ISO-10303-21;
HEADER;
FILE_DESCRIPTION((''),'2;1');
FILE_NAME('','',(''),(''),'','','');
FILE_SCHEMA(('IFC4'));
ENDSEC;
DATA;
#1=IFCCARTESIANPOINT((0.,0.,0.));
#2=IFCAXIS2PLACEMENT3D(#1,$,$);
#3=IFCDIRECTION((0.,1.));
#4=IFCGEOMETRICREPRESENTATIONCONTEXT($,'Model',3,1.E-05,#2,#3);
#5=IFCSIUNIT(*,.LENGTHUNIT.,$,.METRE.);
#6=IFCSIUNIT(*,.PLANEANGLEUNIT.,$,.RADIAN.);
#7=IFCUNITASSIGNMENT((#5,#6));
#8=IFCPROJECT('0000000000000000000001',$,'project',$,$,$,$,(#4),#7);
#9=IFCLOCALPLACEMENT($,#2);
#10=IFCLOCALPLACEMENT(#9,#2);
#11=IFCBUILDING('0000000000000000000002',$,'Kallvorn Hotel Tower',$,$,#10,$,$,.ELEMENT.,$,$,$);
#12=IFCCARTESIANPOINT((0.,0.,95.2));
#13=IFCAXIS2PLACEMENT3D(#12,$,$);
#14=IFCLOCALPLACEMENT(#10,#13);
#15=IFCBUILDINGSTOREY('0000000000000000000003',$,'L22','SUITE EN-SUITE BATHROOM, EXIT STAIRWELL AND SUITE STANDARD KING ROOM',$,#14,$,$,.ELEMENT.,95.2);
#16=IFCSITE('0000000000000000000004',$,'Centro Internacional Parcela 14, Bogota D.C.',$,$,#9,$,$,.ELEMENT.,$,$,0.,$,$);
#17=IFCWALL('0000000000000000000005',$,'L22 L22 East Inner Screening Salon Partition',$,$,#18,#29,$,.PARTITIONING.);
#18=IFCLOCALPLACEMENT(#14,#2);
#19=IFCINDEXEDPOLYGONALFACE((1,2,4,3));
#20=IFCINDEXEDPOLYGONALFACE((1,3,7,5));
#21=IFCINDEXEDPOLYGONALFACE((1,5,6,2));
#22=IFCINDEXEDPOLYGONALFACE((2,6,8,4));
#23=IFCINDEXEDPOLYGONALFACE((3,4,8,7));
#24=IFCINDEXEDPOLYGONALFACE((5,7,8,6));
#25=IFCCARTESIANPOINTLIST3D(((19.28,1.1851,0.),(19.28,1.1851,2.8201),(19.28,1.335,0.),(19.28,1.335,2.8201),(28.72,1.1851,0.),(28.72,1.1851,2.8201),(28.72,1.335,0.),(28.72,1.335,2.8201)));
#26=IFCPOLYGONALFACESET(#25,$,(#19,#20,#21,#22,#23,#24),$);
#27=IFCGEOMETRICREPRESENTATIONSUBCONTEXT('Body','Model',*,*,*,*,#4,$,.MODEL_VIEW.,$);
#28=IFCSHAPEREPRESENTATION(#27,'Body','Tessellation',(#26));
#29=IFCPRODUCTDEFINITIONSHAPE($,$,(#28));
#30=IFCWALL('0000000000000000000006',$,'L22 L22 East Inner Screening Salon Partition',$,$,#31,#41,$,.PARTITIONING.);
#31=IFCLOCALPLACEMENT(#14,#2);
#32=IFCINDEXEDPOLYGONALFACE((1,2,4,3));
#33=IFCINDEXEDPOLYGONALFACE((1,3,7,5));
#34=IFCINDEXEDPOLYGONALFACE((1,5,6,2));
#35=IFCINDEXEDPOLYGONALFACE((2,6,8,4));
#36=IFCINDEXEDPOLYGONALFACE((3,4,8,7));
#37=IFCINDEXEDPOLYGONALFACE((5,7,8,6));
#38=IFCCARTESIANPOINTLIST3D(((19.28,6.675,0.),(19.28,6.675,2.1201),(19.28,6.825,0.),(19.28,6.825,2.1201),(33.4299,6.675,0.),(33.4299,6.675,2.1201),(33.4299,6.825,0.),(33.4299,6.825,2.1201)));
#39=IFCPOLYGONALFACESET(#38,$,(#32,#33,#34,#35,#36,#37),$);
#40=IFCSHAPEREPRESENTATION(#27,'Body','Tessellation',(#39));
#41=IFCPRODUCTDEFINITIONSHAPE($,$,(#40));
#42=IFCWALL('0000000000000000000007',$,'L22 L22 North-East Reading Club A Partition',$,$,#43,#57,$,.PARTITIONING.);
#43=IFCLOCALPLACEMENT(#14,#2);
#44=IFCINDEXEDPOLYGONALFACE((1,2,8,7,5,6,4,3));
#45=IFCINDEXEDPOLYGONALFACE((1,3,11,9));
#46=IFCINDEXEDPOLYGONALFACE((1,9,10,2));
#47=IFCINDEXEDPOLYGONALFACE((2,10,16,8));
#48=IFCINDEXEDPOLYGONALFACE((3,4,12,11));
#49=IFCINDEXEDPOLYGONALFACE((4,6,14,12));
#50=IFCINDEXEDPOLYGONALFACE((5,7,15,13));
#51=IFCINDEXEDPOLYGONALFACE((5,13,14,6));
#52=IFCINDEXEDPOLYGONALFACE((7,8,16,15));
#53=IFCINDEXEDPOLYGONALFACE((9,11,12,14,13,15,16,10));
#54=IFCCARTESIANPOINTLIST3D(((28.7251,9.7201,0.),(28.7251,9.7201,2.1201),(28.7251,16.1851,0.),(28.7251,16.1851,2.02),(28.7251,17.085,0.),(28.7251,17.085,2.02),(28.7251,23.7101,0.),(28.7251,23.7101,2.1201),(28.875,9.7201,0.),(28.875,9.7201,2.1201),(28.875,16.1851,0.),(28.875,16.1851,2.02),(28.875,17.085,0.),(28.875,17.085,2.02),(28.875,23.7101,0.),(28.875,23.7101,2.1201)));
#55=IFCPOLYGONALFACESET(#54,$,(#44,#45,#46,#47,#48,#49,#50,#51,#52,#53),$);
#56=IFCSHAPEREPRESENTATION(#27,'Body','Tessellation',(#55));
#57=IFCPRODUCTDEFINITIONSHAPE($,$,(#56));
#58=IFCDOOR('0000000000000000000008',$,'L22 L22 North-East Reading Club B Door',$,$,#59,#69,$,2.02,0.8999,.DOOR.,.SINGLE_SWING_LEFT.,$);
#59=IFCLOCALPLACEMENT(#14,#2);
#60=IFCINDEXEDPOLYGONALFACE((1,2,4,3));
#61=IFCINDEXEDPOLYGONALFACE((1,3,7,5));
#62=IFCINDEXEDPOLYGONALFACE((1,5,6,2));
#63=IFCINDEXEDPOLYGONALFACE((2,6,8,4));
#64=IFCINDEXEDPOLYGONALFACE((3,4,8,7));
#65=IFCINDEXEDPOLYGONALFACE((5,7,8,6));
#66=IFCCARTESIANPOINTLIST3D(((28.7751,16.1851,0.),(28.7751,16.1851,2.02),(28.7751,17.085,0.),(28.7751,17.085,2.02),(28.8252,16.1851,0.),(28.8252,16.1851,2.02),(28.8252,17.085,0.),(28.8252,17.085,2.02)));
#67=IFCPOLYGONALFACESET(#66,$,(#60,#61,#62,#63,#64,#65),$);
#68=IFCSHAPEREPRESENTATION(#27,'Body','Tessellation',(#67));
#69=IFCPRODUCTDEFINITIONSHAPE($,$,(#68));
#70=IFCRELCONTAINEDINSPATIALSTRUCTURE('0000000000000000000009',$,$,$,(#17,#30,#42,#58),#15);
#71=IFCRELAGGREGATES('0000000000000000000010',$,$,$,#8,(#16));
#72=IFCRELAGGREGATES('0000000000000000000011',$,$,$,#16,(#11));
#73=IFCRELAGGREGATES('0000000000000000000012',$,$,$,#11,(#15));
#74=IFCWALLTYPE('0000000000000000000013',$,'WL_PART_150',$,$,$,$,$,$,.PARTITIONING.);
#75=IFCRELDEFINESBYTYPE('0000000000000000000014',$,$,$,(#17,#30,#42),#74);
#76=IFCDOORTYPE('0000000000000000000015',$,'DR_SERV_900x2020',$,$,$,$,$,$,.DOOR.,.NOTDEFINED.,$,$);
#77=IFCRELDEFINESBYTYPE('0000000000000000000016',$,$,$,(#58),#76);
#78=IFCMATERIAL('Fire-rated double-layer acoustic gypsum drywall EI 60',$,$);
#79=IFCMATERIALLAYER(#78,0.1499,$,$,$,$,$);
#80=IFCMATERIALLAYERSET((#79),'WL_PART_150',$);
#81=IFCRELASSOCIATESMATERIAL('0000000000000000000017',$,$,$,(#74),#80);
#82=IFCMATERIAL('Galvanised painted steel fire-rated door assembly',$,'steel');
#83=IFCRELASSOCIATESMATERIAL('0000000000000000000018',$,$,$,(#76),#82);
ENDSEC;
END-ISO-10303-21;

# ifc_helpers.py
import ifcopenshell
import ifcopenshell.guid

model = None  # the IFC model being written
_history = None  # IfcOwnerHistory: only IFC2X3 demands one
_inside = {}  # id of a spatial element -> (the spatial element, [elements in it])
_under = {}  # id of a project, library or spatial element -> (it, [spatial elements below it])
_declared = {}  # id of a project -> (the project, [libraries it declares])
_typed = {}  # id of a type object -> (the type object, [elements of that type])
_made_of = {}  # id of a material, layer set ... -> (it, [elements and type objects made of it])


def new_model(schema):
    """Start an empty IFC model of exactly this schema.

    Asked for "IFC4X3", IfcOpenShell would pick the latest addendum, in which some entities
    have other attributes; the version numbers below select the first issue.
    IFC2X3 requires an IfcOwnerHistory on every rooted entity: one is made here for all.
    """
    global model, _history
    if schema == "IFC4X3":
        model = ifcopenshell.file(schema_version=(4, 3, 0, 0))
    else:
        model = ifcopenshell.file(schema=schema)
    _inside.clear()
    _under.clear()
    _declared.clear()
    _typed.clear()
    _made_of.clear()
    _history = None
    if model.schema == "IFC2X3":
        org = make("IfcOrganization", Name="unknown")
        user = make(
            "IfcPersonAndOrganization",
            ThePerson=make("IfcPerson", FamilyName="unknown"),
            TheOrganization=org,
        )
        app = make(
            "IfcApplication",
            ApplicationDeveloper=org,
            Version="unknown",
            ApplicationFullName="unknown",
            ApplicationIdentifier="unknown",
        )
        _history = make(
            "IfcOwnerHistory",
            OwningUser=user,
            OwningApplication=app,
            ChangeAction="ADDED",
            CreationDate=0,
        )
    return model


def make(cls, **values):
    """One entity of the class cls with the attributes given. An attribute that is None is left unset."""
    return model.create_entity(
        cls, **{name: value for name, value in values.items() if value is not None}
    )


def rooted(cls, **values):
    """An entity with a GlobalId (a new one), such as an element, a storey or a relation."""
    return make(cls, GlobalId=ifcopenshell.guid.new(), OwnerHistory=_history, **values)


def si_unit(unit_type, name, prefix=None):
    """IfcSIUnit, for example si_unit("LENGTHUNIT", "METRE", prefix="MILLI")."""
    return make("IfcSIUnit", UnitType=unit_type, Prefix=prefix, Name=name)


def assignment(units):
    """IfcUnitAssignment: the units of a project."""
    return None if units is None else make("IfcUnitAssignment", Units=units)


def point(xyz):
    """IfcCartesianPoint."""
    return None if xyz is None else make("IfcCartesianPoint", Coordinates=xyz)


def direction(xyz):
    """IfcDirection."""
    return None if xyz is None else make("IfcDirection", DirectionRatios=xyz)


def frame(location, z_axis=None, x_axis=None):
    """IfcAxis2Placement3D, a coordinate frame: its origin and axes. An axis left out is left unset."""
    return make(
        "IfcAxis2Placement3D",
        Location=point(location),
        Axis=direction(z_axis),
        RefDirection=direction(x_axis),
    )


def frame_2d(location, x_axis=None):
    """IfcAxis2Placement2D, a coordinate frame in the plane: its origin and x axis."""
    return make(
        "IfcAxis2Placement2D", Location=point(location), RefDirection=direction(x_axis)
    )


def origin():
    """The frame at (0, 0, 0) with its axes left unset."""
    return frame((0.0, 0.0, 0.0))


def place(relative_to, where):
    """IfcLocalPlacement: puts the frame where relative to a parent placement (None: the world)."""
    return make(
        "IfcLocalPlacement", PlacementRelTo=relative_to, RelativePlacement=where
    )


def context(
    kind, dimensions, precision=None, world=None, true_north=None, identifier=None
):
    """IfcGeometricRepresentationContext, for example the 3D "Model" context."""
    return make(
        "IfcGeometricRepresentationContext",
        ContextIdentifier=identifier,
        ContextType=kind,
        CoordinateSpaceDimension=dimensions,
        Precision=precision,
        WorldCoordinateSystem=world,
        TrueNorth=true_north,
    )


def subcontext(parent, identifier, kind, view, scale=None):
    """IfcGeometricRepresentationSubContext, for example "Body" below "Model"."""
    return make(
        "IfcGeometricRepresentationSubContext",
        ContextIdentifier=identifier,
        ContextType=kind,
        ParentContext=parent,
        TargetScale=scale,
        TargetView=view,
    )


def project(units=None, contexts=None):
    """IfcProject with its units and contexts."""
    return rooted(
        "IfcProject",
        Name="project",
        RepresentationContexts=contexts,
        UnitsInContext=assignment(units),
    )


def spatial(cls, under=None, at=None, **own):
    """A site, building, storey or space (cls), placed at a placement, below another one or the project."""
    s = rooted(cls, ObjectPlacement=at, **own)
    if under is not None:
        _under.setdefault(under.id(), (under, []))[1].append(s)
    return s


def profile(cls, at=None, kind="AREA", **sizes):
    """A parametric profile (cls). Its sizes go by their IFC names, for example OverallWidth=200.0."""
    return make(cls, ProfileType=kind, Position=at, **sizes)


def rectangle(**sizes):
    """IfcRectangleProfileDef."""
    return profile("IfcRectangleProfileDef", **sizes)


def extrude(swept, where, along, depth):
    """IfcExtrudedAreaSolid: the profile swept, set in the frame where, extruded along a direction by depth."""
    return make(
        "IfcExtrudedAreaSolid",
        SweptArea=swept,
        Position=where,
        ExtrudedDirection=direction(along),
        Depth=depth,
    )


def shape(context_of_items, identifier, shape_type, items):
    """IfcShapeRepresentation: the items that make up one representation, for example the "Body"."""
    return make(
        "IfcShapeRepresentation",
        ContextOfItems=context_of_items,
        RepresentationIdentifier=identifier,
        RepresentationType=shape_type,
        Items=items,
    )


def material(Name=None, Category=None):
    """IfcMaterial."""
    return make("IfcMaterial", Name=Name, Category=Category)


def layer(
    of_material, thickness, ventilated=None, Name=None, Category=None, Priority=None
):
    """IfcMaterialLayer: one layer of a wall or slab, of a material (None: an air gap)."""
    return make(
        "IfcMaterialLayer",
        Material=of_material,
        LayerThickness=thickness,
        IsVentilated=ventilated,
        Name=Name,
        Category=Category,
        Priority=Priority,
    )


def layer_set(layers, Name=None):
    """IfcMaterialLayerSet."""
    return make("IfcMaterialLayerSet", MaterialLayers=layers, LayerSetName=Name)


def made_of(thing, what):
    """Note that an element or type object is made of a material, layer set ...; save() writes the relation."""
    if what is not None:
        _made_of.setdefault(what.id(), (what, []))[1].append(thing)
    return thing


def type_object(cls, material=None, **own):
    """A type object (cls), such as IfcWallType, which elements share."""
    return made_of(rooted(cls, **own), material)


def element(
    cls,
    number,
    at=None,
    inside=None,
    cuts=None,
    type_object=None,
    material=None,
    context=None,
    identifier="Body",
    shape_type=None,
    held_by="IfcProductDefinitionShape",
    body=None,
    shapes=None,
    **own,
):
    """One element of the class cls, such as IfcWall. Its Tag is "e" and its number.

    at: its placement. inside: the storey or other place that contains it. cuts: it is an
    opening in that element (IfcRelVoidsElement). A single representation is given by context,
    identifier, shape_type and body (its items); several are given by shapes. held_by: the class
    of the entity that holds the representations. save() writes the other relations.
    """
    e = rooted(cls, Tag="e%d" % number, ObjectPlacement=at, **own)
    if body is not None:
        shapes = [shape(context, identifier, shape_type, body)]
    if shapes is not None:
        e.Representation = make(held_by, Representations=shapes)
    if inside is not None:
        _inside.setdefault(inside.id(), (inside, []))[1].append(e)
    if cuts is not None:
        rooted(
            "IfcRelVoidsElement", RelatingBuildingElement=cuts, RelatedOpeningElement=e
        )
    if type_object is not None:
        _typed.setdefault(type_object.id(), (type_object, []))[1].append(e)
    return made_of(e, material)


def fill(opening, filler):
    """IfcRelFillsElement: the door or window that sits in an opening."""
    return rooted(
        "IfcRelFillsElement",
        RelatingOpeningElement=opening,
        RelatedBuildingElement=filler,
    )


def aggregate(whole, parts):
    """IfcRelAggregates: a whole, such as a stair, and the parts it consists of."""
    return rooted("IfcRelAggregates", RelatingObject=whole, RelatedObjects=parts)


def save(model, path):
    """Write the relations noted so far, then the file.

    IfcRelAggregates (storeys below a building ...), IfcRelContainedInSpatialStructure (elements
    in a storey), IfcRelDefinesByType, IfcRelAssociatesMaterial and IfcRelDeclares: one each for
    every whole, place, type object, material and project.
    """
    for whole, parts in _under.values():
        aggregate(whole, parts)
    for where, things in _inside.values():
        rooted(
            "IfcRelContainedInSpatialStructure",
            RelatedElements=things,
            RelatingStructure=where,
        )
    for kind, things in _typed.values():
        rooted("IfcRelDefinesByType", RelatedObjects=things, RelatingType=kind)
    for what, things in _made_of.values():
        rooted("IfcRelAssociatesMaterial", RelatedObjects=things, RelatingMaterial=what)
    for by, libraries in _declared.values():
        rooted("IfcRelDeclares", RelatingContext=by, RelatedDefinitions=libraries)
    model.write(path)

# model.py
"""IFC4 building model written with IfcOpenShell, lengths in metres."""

from ifc_helpers import new_model, si_unit, direction, frame, frame_2d, origin, place, context, subcontext, project, spatial, rectangle, extrude, material, layer, layer_set, type_object, element, fill, save


model = new_model("IFC4")

# Units and contexts
model_context = context("Model", 3, precision=1e-05, world=origin(), true_north=direction((0.0, 1.0)))
body_context = subcontext(model_context, "Body", "Model", "MODEL_VIEW")
ifc_project = project(units=[si_unit("LENGTHUNIT", "METRE"), si_unit("PLANEANGLEUNIT", "RADIAN")], contexts=[model_context])

# Site, building, storey
site_placement = place(None, origin())
site = spatial("IfcSite", under=ifc_project, at=site_placement, Name="Centro Internacional Parcela 14, Bogota D.C.", CompositionType="ELEMENT", RefElevation=0.0)
building_placement = place(site_placement, origin())
building = spatial("IfcBuilding", under=site, at=building_placement, Name="Kallvorn Hotel Tower", CompositionType="ELEMENT")
storey_placement = place(building_placement, frame((0.0, 0.0, 95.2)))
storey = spatial("IfcBuildingStorey", under=building, at=storey_placement, Name="L22", Description="SUITE EN-SUITE BATHROOM, EXIT STAIRWELL AND SUITE STANDARD KING ROOM", CompositionType="ELEMENT", Elevation=95.2)

# Walls
ifc_material_1 = material(Name="Fire-rated double-layer acoustic gypsum drywall EI 60")
ifc_layer_1 = layer(ifc_material_1, 0.1499)
ifc_layer_set_1 = layer_set([ifc_layer_1], Name="WL_PART_150")
wall_type_1 = type_object("IfcWallType", Name="WL_PART_150", PredefinedType="PARTITIONING", material=ifc_layer_set_1)
wall_1_placement = place(storey_placement, frame((19.28, 1.26, 0.0), z_axis=(0.0, 0.0, 1.0), x_axis=(1.0, 0.0, 0.0)))
element("IfcWall", 1, at=wall_1_placement, inside=storey, type_object=wall_type_1, Name="L22 L22 East Inner Screening Salon Partition", PredefinedType="PARTITIONING", context=body_context, shape_type="SweptSolid", body=[
    extrude(rectangle(XDim=9.4399, YDim=0.1499, at=frame_2d((4.72, 0.0))), origin(), (0.0, 0.0, 1.0), 2.8201),
])
wall_2_placement = place(storey_placement, frame((19.28, 6.75, 0.0), z_axis=(0.0, 0.0, 1.0), x_axis=(1.0, 0.0, 0.0)))
element("IfcWall", 2, at=wall_2_placement, inside=storey, type_object=wall_type_1, Name="L22 L22 East Inner Screening Salon Partition", PredefinedType="PARTITIONING", context=body_context, shape_type="SweptSolid", body=[
    extrude(rectangle(XDim=14.1499, YDim=0.1499, at=frame_2d((7.075, 0.0))), origin(), (0.0, 0.0, 1.0), 2.1201),
])

# Wall, opening, door
wall_3_placement = place(storey_placement, frame((28.8, 9.72, 0.0), z_axis=(0.0, 0.0, 1.0), x_axis=(0.0, 1.0, 0.0)))
wall_3 = element("IfcWall", 3, at=wall_3_placement, inside=storey, type_object=wall_type_1, Name="L22 L22 North-East Reading Club A Partition", PredefinedType="PARTITIONING", context=body_context, shape_type="SweptSolid", body=[
    extrude(rectangle(XDim=13.99, YDim=0.1499, at=frame_2d((6.9951, 0.0))), origin(), (0.0, 0.0, 1.0), 2.1201),
])
opening_1_placement = place(wall_3_placement, frame((6.4651, 0.0, 0.0)))
opening_1 = element("IfcOpeningElement", 4, at=opening_1_placement, cuts=wall_3, PredefinedType="OPENING", context=body_context, shape_type="SweptSolid", body=[
    extrude(rectangle(XDim=0.8999, YDim=2.02, at=frame_2d((0.45, 1.01))), frame((0.0, 0.0898, 0.0), z_axis=(0.0, -1.0, 0.0), x_axis=(1.0, 0.0, 0.0)), (0.0, 0.0, 1.0), 0.1799),
])
ifc_material_2 = material(Name="Galvanised painted steel fire-rated door assembly", Category="steel")
door_type_1 = type_object("IfcDoorType", Name="DR_SERV_900x2020", OperationType="NOTDEFINED", PredefinedType="DOOR", material=ifc_material_2)
door_1_placement = place(opening_1_placement, origin())
door_1 = element("IfcDoor", 5, at=door_1_placement, inside=storey, type_object=door_type_1, Name="L22 L22 North-East Reading Club B Door", OperationType="SINGLE_SWING_LEFT", OverallHeight=2.02, OverallWidth=0.8999, PredefinedType="DOOR", context=body_context, shape_type="SweptSolid", body=[
    extrude(rectangle(XDim=0.8999, YDim=2.02, at=frame_2d((0.45, 1.01))), frame((0.0, 0.0249, 0.0), z_axis=(0.0, -1.0, 0.0), x_axis=(1.0, 0.0, 0.0)), (0.0, 0.0, 1.0), 0.05),
])
fill(opening_1, door_1)

save(model, "model.ifc")
